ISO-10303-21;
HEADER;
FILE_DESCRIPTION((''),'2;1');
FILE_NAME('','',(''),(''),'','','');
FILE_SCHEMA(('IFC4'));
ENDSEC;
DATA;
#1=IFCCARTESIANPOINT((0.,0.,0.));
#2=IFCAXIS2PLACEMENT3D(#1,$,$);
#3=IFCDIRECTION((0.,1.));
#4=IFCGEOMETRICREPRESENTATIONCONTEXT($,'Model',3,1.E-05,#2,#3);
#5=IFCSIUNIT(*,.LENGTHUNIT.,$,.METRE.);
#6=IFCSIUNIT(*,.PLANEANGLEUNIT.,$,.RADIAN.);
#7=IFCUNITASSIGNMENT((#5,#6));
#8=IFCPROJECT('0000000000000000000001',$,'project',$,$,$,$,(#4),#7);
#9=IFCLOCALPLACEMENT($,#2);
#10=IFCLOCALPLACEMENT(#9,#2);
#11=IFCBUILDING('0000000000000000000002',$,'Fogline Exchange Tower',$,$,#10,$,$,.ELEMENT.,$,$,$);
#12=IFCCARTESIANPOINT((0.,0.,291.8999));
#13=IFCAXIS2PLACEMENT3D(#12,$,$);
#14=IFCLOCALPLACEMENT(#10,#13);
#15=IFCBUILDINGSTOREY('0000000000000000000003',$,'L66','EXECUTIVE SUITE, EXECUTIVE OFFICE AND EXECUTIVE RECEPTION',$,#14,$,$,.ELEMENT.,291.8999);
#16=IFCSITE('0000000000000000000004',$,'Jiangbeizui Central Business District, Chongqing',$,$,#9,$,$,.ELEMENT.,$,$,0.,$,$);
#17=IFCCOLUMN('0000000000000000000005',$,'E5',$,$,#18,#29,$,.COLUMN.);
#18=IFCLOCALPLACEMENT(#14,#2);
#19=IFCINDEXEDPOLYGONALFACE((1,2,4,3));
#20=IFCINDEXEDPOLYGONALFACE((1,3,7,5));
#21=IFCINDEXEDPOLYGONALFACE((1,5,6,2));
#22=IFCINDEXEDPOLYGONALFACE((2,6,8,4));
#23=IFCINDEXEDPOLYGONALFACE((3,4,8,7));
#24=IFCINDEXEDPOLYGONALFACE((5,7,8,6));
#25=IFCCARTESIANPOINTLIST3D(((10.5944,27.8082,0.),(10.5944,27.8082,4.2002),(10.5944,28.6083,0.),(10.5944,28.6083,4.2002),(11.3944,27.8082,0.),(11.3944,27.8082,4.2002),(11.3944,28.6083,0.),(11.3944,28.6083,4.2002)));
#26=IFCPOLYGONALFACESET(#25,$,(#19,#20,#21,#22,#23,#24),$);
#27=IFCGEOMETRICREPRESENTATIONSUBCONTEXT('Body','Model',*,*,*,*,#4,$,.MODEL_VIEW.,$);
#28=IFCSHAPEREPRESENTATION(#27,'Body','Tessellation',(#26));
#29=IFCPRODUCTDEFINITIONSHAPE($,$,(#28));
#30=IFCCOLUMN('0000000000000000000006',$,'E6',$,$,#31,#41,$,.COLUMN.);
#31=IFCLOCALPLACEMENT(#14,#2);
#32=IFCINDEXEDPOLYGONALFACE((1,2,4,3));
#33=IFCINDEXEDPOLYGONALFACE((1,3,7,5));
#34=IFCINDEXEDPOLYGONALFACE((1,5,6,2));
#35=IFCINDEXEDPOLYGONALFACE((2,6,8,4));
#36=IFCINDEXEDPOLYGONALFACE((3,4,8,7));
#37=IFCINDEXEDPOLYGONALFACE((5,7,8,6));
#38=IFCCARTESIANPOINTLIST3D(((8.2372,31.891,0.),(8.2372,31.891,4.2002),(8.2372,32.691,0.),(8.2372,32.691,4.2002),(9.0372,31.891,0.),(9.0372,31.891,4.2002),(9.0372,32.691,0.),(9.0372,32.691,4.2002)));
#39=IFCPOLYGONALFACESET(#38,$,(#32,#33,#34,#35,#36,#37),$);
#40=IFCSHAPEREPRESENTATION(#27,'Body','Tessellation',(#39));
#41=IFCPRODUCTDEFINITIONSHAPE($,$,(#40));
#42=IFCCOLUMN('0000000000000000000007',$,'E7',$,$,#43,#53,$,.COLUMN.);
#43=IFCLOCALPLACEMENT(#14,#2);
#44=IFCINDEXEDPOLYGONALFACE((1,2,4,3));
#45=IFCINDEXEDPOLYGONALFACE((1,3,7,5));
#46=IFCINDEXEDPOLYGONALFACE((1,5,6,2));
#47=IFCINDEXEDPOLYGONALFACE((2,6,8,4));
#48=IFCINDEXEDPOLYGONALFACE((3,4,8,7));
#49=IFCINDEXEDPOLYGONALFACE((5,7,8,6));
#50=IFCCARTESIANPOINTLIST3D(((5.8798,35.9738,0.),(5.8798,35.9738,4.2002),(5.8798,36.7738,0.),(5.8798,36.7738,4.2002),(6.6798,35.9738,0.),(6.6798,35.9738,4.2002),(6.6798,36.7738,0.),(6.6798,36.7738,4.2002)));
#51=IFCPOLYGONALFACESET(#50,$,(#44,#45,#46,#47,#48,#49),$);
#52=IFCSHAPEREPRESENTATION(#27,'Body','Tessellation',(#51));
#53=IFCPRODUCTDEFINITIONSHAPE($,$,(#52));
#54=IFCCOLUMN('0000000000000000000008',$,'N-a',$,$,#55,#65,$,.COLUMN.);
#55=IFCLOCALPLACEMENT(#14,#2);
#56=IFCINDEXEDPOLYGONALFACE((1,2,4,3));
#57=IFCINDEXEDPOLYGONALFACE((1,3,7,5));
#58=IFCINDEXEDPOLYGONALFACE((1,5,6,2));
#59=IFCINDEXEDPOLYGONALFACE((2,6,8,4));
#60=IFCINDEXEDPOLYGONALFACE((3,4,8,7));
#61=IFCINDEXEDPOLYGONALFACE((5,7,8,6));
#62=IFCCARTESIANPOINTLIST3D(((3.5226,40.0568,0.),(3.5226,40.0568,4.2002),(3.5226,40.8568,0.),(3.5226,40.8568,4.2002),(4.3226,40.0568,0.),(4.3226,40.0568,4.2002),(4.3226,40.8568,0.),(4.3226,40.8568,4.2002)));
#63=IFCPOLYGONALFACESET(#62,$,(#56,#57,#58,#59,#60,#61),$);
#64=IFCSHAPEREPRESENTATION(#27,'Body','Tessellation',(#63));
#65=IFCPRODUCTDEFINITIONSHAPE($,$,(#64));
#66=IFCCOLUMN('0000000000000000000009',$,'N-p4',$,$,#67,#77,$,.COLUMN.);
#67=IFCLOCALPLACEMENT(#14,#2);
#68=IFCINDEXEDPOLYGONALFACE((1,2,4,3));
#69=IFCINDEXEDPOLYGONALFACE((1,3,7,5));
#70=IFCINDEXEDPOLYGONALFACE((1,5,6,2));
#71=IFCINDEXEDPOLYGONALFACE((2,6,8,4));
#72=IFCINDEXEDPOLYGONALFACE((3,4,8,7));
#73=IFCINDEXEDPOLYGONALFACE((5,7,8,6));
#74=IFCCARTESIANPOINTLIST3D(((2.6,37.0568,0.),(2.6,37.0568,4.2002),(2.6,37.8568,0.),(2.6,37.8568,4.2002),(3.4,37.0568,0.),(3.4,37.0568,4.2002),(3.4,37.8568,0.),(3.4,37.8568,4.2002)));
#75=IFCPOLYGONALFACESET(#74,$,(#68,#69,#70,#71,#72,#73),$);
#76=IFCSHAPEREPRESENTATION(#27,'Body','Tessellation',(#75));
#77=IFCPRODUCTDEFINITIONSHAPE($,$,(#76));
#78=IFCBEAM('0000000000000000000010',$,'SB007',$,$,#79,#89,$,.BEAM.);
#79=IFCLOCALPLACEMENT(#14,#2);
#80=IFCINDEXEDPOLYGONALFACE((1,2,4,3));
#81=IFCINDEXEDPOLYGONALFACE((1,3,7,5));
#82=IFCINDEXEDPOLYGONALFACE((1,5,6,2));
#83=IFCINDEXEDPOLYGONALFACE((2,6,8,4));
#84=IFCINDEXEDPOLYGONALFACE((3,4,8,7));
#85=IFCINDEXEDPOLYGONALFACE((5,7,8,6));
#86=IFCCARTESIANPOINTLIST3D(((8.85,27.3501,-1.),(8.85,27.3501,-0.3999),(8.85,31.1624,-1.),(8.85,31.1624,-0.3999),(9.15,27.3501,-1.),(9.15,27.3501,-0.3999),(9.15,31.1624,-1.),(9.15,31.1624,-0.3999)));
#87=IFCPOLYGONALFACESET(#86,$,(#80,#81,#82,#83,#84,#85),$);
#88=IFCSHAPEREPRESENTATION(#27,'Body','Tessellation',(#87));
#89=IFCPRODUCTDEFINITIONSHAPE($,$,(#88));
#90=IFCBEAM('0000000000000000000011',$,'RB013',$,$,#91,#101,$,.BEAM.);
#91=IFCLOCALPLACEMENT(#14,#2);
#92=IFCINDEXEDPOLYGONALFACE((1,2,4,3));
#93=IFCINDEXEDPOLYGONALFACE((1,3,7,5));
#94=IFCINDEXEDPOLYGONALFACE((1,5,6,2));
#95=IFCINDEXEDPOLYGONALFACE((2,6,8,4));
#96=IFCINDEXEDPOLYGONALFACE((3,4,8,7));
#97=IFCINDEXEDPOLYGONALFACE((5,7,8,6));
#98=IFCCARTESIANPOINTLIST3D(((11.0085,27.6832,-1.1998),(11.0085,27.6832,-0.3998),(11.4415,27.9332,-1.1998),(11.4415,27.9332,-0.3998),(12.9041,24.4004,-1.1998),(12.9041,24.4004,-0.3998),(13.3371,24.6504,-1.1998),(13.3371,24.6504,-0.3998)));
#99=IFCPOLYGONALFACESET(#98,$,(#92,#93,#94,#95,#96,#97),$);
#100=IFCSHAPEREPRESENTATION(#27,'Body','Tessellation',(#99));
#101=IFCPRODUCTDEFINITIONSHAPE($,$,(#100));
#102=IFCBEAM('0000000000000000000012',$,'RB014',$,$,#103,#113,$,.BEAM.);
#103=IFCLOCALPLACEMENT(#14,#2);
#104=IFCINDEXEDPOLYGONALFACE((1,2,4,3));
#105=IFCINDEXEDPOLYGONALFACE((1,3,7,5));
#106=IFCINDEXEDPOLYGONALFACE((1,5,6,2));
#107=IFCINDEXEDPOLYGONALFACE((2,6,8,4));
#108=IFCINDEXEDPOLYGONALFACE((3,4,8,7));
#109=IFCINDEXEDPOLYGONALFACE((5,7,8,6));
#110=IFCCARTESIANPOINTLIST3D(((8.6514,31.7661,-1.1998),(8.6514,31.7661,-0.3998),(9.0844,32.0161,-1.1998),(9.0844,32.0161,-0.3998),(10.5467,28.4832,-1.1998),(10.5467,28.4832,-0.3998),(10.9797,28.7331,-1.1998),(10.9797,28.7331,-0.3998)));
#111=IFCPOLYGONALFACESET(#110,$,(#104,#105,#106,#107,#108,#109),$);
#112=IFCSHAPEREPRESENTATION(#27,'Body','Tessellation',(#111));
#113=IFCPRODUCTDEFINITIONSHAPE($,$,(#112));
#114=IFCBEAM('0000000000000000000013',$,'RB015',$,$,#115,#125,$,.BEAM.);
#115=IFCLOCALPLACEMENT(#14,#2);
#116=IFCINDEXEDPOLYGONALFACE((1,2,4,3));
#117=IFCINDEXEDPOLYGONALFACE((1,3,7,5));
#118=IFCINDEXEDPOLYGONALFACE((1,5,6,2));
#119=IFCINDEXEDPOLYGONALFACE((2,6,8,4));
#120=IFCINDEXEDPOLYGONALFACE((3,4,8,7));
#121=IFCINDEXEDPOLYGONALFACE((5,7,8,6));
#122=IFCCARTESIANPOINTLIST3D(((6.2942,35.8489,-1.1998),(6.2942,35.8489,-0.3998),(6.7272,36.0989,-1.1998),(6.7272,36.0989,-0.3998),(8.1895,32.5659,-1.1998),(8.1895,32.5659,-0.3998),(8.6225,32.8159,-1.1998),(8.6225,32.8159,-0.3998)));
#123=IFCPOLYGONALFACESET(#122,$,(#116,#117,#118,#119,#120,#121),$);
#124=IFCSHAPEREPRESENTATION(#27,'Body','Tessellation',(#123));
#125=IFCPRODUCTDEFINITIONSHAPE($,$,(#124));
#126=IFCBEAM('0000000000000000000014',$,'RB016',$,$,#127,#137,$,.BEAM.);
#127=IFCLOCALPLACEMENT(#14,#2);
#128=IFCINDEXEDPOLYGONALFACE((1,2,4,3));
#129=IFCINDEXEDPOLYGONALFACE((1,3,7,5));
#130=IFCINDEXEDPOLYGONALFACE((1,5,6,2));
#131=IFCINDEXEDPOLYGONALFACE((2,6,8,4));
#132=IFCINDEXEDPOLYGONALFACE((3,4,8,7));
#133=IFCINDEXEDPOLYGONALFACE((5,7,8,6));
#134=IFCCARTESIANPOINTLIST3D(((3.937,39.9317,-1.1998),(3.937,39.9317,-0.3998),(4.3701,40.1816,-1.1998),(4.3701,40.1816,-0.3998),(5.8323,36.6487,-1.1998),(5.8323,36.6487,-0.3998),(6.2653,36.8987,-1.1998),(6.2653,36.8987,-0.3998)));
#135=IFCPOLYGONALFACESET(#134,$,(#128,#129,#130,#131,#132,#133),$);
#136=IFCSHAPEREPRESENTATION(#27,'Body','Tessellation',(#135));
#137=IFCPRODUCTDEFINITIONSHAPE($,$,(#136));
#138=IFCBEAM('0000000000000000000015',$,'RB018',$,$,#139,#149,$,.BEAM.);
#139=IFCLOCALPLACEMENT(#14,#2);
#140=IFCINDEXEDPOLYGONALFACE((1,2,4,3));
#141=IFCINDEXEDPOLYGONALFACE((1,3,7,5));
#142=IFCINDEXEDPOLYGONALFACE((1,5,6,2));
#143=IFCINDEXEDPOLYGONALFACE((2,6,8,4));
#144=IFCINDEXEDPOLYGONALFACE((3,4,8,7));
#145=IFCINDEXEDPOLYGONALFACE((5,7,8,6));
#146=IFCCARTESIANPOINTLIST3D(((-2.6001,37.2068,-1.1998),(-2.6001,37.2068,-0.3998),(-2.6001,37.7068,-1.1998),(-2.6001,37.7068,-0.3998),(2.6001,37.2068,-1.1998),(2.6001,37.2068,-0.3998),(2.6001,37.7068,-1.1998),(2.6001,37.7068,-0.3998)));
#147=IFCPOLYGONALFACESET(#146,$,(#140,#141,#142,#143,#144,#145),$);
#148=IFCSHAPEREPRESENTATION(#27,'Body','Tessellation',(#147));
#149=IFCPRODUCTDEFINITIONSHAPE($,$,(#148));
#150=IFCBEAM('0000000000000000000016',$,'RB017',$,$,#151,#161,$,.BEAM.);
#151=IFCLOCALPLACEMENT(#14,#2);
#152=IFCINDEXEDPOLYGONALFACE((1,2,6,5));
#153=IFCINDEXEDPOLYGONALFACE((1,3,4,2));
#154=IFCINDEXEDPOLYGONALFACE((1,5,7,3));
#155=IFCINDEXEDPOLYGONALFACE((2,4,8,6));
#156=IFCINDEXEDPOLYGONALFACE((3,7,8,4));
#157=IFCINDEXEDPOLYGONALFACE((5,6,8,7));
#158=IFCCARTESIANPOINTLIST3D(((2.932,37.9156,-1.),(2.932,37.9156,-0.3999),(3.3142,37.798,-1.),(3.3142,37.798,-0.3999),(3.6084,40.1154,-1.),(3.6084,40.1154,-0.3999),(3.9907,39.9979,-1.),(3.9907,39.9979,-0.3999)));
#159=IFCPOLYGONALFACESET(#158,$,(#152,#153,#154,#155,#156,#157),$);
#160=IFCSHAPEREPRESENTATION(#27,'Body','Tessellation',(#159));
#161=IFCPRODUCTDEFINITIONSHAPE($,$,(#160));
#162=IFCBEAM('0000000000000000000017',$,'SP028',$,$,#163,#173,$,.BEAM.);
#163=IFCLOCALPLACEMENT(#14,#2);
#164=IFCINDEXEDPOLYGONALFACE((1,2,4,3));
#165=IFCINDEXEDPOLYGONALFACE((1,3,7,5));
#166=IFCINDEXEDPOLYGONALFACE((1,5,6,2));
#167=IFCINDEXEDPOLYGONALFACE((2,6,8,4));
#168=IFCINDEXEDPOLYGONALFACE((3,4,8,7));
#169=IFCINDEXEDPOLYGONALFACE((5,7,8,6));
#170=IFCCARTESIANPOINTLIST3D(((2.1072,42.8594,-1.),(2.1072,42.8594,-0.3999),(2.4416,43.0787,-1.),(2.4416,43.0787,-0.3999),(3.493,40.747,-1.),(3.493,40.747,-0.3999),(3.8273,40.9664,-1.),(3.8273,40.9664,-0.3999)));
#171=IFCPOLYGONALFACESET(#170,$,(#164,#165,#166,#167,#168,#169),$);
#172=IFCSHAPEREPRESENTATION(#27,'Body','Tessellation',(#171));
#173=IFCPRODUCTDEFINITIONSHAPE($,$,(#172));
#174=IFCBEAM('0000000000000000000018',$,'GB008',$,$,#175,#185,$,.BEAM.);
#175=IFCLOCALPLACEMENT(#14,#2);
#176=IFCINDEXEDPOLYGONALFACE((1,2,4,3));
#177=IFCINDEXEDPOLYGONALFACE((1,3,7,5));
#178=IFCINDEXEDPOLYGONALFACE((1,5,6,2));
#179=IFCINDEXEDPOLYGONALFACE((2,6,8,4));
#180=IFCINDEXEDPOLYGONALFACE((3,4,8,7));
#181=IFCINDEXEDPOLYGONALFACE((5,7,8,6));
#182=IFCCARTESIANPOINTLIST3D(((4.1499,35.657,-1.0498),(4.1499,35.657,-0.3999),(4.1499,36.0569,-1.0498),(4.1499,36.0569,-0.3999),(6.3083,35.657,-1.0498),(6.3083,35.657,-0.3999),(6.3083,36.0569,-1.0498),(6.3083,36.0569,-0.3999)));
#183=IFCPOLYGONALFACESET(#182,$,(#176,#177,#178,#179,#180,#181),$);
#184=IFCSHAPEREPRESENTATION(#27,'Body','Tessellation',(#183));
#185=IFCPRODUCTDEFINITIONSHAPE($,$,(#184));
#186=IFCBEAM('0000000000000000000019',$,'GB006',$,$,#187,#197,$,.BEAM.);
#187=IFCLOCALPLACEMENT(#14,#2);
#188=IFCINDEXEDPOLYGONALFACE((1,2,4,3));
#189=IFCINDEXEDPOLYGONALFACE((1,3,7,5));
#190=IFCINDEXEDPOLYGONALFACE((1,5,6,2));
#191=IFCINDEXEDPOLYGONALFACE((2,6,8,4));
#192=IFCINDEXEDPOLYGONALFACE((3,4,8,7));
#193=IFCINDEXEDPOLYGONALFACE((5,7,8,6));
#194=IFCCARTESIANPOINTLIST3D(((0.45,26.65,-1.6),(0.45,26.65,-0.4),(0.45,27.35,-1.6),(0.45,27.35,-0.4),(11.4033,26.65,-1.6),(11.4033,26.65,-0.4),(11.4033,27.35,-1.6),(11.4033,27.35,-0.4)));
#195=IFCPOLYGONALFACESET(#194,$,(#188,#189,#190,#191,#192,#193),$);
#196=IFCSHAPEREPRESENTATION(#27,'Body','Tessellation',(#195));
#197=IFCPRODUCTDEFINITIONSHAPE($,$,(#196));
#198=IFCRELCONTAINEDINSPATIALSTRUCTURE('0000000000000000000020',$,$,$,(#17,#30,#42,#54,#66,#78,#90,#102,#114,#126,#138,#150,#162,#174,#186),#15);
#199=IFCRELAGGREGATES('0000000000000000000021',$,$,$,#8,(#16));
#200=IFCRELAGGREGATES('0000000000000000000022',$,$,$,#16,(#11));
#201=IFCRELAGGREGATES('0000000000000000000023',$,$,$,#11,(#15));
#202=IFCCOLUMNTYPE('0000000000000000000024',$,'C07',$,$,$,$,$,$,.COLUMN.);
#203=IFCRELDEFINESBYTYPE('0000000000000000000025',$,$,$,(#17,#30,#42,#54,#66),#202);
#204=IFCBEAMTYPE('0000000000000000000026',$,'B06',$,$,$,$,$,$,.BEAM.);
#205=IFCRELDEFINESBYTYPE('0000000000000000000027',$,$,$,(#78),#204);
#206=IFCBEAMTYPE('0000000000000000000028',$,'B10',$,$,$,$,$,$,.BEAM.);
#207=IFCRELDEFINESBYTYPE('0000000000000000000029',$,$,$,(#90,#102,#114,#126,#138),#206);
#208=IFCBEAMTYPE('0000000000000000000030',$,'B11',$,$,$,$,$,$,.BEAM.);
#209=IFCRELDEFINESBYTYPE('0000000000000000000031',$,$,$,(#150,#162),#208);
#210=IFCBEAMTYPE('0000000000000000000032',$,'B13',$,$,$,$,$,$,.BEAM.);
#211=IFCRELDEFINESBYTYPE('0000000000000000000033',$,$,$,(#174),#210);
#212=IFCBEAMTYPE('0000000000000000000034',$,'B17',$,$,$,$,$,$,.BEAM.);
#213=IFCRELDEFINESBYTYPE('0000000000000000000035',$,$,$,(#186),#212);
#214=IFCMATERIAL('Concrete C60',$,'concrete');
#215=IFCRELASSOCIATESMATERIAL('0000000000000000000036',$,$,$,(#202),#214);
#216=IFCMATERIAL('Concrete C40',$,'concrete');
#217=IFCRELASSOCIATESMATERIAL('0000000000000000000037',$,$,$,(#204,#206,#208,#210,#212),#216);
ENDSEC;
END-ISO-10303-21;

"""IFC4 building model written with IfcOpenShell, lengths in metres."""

from ifc_helpers import new_model, si_unit, direction, frame, origin, origin_2d, place, context, subcontext, project, spatial, rectangle, extrude, material, material_profile, profile_set, type_object, element, save


model = new_model("IFC4")

# Units and contexts
model_context = context("Model", 3, precision=1e-05, world=origin(), true_north=direction((0.0, 1.0)))
body_context = subcontext(model_context, "Body", "Model", "MODEL_VIEW")
ifc_project = project(units=[si_unit("LENGTHUNIT", "METRE"), si_unit("PLANEANGLEUNIT", "RADIAN")], contexts=[model_context])

# Site, building, storey
site_placement = place(None, origin())
site = spatial("IfcSite", under=ifc_project, at=site_placement, Name="Jiangbeizui Central Business District, Chongqing", CompositionType="ELEMENT", RefElevation=0.0)
building_placement = place(site_placement, origin())
building = spatial("IfcBuilding", under=site, at=building_placement, Name="Fogline Exchange Tower", CompositionType="ELEMENT")
storey_placement = place(building_placement, frame((0.0, 0.0, 291.8999)))
storey = spatial("IfcBuildingStorey", under=building, at=storey_placement, Name="L66", Description="EXECUTIVE SUITE, EXECUTIVE OFFICE AND EXECUTIVE RECEPTION", CompositionType="ELEMENT", Elevation=291.8999)

# Columns
ifc_material_1 = material(Name="Concrete C60", Category="concrete")
ifc_material_profile_1 = material_profile(ifc_material_1, rectangle(XDim=0.8, YDim=0.8, at=origin_2d()), Name="RC 800x800")
ifc_profile_set_1 = profile_set([ifc_material_profile_1], Name="Concrete C60")
column_type = type_object("IfcColumnType", Name="C07", PredefinedType="COLUMN", material=ifc_profile_set_1)
for number, where, z_axis, x_axis, name in (
    (1, (10.9944, 28.2083, 0.0), (0.0, 0.0, 1.0), (1.0, 0.0, 0.0), "E5"),
    (2, (8.6372, 32.291, 0.0), (0.0, 0.0, 1.0), (1.0, 0.0, 0.0), "E6"),
    (3, (6.2798, 36.3738, 0.0), (0.0, 0.0, 1.0), (1.0, 0.0, 0.0), "E7"),
    (4, (3.9226, 40.4568, 0.0), (0.0, 0.0, 1.0), (1.0, 0.0, 0.0), "N-a"),
    (5, (3.0, 37.4568, 0.0), (0.0, 0.0, 1.0), (1.0, 0.0, 0.0), "N-p4"),
):
    element("IfcColumn", number, at=place(storey_placement, frame(where, z_axis=z_axis, x_axis=x_axis)), inside=storey, type_object=column_type, Name=name, PredefinedType="COLUMN", context=body_context, shape_type="SweptSolid", body=[
        extrude(rectangle(XDim=0.8, YDim=0.8, at=origin_2d()), origin(), (0.0, 0.0, 1.0), 4.2002),
    ])

# Beams
ifc_material_2 = material(Name="Concrete C40", Category="concrete")
ifc_material_profile_2 = material_profile(ifc_material_2, rectangle(XDim=0.3, YDim=0.6001, at=origin_2d()), Name="RC 300x600")
ifc_profile_set_2 = profile_set([ifc_material_profile_2], Name="Concrete C40")
beam_type_1 = type_object("IfcBeamType", Name="B06", PredefinedType="BEAM", material=ifc_profile_set_2)
beam_1_placement = place(storey_placement, frame((9.0, 27.3501, -0.7), z_axis=(0.0, 1.0, 0.0), x_axis=(-1.0, 0.0, 0.0)))
element("IfcBeam", 6, at=beam_1_placement, inside=storey, type_object=beam_type_1, Name="SB007", PredefinedType="BEAM", context=body_context, shape_type="SweptSolid", body=[
    extrude(rectangle(XDim=0.3, YDim=0.6001, at=origin_2d()), origin(), (0.0, 0.0, 1.0), 3.8123),
])
ifc_material_profile_3 = material_profile(ifc_material_2, rectangle(XDim=0.5, YDim=0.8, at=origin_2d()), Name="RC 500x800")
ifc_profile_set_3 = profile_set([ifc_material_profile_3], Name="Concrete C40")
beam_type_2 = type_object("IfcBeamType", Name="B10", PredefinedType="BEAM", material=ifc_profile_set_3)
for number, where, z_axis, x_axis, name in (
    (7, (13.1206, 24.5254, -0.7998), (-0.500046, 0.865999, 0.0), (-0.865999, -0.500046, 0.0), "RB013"),
    (8, (10.7632, 28.6082, -0.7998), (-0.49997, 0.866043, 0.0), (-0.866043, -0.49997, 0.0), "RB014"),
    (9, (8.406, 32.6909, -0.7998), (-0.49997, 0.866043, 0.0), (-0.866043, -0.49997, 0.0), "RB015"),
    (10, (6.0488, 36.7737, -0.7998), (-0.49997, 0.866043, 0.0), (-0.866043, -0.49997, 0.0), "RB016"),
):
    element("IfcBeam", number, at=place(storey_placement, frame(where, z_axis=z_axis, x_axis=x_axis)), inside=storey, type_object=beam_type_2, Name=name, PredefinedType="BEAM", context=body_context, shape_type="SweptSolid", body=[
        extrude(rectangle(XDim=0.5, YDim=0.8, at=origin_2d()), origin(), (0.0, 0.0, 1.0), 3.7908),
    ])
beam_2_placement = place(storey_placement, frame((2.6001, 37.4568, -0.7998), z_axis=(-1.0, 0.0, 0.0), x_axis=(0.0, -1.0, 0.0)))
element("IfcBeam", 11, at=beam_2_placement, inside=storey, type_object=beam_type_2, Name="RB018", PredefinedType="BEAM", context=body_context, shape_type="SweptSolid", body=[
    extrude(rectangle(XDim=0.5, YDim=0.8, at=origin_2d()), origin(), (0.0, 0.0, 1.0), 5.2002),
])
ifc_material_profile_4 = material_profile(ifc_material_2, rectangle(XDim=0.3999, YDim=0.6001, at=origin_2d()), Name="RC 400x600")
ifc_profile_set_4 = profile_set([ifc_material_profile_4], Name="Concrete C40")
beam_type_3 = type_object("IfcBeamType", Name="B11", PredefinedType="BEAM", material=ifc_profile_set_4)
beam_3_placement = place(storey_placement, frame((3.7996, 40.0566, -0.7), z_axis=(-0.293929, -0.955827, 0.0), x_axis=(0.955827, -0.293929, 0.0)))
element("IfcBeam", 12, at=beam_3_placement, inside=storey, type_object=beam_type_3, Name="RB017", PredefinedType="BEAM", context=body_context, shape_type="SweptSolid", body=[
    extrude(rectangle(XDim=0.3999, YDim=0.6001, at=origin_2d()), origin(), (0.0, 0.0, 1.0), 2.3015),
])
beam_4_placement = place(storey_placement, frame((3.6602, 40.8567, -0.7), z_axis=(-0.54853, 0.836131, 0.0), x_axis=(-0.836131, -0.54853, 0.0)))
element("IfcBeam", 13, at=beam_4_placement, inside=storey, type_object=beam_type_3, Name="SP028", PredefinedType="BEAM", context=body_context, shape_type="SweptSolid", body=[
    extrude(rectangle(XDim=0.3999, YDim=0.6001, at=origin_2d()), origin(), (0.0, 0.0, 1.0), 2.5264),
])
ifc_material_profile_5 = material_profile(ifc_material_2, rectangle(XDim=0.3999, YDim=0.6499, at=origin_2d()), Name="RC 400x650")
ifc_profile_set_5 = profile_set([ifc_material_profile_5], Name="Concrete C40")
beam_type_4 = type_object("IfcBeamType", Name="B13", PredefinedType="BEAM", material=ifc_profile_set_5)
beam_5_placement = place(storey_placement, frame((4.1499, 35.8569, -0.7249), z_axis=(1.0, 0.0, 0.0), x_axis=(0.0, 1.0, 0.0)))
element("IfcBeam", 14, at=beam_5_placement, inside=storey, type_object=beam_type_4, Name="GB008", PredefinedType="BEAM", context=body_context, shape_type="SweptSolid", body=[
    extrude(rectangle(XDim=0.3999, YDim=0.6499, at=origin_2d()), origin(), (0.0, 0.0, 1.0), 2.1584),
])
ifc_material_profile_6 = material_profile(ifc_material_2, rectangle(XDim=0.7, YDim=1.2, at=origin_2d()), Name="RC 700x1200")
ifc_profile_set_6 = profile_set([ifc_material_profile_6], Name="Concrete C40")
beam_type_5 = type_object("IfcBeamType", Name="B17", PredefinedType="BEAM", material=ifc_profile_set_6)
beam_6_placement = place(storey_placement, frame((0.45, 27.0, -1.0), z_axis=(1.0, 0.0, 0.0), x_axis=(0.0, 1.0, 0.0)))
element("IfcBeam", 15, at=beam_6_placement, inside=storey, type_object=beam_type_5, Name="GB006", PredefinedType="BEAM", context=body_context, shape_type="SweptSolid", body=[
    extrude(rectangle(XDim=0.7, YDim=1.2, at=origin_2d()), origin(), (0.0, 0.0, 1.0), 10.9534),
])

save(model, "model.ifc")
